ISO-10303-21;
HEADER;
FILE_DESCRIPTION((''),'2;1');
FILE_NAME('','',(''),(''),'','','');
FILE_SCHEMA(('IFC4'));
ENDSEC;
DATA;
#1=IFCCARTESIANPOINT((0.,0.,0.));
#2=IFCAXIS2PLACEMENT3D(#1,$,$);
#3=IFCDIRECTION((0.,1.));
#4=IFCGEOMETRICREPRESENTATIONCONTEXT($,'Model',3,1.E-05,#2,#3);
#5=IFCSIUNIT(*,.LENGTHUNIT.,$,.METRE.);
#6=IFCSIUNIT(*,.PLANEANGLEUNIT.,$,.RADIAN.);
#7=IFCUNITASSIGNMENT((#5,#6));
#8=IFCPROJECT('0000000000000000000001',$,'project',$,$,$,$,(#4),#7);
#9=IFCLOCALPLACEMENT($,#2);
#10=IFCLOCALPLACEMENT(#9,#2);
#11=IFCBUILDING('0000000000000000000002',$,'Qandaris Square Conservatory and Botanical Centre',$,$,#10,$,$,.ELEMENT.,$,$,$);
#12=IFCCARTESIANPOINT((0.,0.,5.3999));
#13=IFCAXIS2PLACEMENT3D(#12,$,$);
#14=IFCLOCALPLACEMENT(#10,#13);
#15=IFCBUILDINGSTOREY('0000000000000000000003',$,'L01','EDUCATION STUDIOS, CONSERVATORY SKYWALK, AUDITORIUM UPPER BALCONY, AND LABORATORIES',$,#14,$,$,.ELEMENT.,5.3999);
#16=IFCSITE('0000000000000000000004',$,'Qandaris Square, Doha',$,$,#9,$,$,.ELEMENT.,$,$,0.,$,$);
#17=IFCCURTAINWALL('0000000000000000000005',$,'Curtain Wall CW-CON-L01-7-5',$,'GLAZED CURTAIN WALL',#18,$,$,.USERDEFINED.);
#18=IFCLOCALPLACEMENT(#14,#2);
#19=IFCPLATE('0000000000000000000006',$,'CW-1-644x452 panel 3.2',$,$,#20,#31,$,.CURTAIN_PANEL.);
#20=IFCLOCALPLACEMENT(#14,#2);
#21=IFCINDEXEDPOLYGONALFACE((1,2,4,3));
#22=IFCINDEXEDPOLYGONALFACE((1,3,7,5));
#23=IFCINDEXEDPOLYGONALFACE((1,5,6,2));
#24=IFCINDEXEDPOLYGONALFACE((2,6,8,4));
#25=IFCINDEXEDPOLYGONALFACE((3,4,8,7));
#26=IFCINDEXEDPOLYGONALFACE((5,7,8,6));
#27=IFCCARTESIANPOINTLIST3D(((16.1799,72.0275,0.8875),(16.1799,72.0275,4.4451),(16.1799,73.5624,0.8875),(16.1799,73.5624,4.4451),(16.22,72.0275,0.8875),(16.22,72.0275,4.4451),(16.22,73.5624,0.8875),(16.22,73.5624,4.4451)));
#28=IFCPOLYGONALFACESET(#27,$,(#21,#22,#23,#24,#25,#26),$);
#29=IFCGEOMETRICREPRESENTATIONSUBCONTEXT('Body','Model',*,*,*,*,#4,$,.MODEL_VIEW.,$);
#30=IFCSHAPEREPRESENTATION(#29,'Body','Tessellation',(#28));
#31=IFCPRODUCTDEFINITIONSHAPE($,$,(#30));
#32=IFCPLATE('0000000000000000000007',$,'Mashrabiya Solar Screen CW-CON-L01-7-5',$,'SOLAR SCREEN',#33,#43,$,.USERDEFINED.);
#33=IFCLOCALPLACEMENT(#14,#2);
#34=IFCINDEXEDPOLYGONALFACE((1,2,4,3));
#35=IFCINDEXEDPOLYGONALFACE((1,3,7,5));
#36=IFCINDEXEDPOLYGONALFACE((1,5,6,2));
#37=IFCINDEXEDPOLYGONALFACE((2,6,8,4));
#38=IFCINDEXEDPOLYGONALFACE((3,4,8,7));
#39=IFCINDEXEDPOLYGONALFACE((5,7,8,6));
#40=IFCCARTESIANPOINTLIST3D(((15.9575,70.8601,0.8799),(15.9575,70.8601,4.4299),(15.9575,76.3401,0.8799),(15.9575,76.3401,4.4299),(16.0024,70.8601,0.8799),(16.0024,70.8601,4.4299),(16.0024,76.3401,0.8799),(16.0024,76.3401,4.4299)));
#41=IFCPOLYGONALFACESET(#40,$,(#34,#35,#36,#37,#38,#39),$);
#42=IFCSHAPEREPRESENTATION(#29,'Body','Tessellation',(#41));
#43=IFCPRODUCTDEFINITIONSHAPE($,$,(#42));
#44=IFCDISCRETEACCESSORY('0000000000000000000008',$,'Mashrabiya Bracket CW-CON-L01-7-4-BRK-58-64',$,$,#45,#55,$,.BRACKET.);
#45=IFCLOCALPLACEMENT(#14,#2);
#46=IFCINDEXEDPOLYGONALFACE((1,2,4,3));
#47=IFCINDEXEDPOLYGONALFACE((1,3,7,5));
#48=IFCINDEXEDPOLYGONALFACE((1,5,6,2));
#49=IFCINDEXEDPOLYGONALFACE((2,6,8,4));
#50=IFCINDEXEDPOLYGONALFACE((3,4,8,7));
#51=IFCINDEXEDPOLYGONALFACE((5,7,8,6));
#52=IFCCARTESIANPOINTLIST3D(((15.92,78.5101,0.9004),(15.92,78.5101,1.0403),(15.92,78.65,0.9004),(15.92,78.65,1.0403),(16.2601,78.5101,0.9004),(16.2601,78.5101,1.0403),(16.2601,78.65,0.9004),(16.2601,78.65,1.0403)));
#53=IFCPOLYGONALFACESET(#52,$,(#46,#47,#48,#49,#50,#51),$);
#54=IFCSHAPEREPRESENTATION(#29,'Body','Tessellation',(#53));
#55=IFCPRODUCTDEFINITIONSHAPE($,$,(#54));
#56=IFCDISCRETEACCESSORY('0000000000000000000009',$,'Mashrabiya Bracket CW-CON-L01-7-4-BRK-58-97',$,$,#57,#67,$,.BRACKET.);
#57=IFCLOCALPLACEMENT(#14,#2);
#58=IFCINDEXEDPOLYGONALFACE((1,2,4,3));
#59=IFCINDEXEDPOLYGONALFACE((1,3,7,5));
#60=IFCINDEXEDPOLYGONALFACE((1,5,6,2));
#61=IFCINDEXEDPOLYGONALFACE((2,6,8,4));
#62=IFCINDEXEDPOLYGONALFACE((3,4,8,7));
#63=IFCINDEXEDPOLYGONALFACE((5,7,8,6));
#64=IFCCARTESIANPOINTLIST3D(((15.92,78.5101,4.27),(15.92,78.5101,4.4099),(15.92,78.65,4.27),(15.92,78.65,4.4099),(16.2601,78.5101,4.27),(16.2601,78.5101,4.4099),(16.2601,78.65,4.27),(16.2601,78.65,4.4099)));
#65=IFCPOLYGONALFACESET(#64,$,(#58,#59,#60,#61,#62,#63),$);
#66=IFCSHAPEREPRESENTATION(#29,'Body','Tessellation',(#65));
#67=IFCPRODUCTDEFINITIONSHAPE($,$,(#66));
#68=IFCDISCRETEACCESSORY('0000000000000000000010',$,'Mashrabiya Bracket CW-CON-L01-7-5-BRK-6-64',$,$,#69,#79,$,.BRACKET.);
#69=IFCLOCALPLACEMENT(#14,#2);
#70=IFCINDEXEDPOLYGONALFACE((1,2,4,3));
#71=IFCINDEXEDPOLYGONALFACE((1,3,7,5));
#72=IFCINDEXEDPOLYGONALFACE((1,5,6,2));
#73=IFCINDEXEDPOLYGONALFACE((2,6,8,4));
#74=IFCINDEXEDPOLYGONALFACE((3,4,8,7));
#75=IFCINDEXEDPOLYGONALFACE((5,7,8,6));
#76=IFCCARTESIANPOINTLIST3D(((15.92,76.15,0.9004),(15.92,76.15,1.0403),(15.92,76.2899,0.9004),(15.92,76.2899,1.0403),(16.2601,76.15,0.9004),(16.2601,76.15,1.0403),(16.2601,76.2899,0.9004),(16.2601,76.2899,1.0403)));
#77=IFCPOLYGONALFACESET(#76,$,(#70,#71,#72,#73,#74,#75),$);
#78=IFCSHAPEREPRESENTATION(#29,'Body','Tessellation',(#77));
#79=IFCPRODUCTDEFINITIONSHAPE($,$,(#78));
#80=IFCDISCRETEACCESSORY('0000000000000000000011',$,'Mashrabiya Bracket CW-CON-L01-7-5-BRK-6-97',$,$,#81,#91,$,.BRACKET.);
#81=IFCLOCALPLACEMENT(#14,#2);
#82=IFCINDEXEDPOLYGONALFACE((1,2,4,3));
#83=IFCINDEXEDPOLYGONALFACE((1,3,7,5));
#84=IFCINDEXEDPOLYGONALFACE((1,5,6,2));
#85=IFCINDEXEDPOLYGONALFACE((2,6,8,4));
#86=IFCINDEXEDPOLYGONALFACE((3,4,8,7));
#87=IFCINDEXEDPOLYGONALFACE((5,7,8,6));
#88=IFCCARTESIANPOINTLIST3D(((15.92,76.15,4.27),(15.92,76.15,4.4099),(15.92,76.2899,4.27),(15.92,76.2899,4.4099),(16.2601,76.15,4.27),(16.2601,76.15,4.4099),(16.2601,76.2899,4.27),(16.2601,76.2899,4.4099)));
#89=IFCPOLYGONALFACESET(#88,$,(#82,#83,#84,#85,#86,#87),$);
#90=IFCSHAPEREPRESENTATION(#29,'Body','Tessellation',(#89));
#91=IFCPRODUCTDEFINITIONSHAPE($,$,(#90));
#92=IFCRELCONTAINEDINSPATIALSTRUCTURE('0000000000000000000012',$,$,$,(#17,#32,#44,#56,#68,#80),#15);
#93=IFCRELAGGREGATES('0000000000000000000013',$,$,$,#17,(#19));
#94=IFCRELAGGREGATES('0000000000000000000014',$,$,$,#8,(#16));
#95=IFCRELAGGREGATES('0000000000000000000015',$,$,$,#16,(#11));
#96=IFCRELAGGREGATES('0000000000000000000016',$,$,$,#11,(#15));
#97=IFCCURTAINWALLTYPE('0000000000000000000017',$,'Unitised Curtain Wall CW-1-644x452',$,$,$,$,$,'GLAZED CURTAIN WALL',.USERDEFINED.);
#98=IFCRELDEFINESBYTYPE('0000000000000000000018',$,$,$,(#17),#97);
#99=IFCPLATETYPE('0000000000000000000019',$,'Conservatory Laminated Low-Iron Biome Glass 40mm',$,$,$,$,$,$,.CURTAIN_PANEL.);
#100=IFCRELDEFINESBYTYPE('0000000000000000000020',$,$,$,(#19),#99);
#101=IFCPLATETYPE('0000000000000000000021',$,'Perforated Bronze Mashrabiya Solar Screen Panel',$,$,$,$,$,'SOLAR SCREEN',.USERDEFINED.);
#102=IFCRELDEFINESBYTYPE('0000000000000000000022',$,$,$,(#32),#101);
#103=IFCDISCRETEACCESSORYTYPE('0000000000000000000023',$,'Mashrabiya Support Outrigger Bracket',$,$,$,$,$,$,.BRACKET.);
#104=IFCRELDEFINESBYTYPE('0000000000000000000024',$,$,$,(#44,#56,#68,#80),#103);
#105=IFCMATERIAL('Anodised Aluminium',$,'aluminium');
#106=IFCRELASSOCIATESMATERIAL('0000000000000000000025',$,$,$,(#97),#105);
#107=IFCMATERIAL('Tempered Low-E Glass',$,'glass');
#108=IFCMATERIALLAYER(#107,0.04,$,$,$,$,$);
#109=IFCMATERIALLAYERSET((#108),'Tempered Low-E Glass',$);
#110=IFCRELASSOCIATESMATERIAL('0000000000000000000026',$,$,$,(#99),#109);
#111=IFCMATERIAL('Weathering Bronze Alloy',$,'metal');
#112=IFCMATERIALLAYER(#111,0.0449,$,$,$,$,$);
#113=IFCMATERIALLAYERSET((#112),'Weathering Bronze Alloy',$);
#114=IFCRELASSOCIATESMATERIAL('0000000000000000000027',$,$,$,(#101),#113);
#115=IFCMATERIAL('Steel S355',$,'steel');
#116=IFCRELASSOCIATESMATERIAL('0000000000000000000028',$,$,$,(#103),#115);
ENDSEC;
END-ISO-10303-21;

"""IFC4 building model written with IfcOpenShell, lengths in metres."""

from ifc_helpers import new_model, si_unit, direction, frame, origin, origin_2d, place, context, subcontext, project, spatial, rectangle, extrude, material, layer, layer_set, type_object, element, aggregate, save


model = new_model("IFC4")

# Units and contexts
model_context = context("Model", 3, precision=1e-05, world=origin(), true_north=direction((0.0, 1.0)))
body_context = subcontext(model_context, "Body", "Model", "MODEL_VIEW")
ifc_project = project(units=[si_unit("LENGTHUNIT", "METRE"), si_unit("PLANEANGLEUNIT", "RADIAN")], contexts=[model_context])

# Site, building, storey
site_placement = place(None, origin())
site = spatial("IfcSite", under=ifc_project, at=site_placement, Name="Qandaris Square, Doha", CompositionType="ELEMENT", RefElevation=0.0)
building_placement = place(site_placement, origin())
building = spatial("IfcBuilding", under=site, at=building_placement, Name="Qandaris Square Conservatory and Botanical Centre", CompositionType="ELEMENT")
storey_placement = place(building_placement, frame((0.0, 0.0, 5.3999)))
storey = spatial("IfcBuildingStorey", under=building, at=storey_placement, Name="L01", Description="EDUCATION STUDIOS, CONSERVATORY SKYWALK, AUDITORIUM UPPER BALCONY, AND LABORATORIES", CompositionType="ELEMENT", Elevation=5.3999)

# Shared definitions
ifc_material_1 = material(Name="Steel S355", Category="steel")

# Shared definitions
ifc_material_2 = material(Name="Anodised Aluminium", Category="aluminium")
curtain_wall_type = type_object("IfcCurtainWallType", Name="Unitised Curtain Wall CW-1-644x452", ElementType="GLAZED CURTAIN WALL", PredefinedType="USERDEFINED", material=ifc_material_2)

# Curtain wall
curtain_wall_1_placement = place(storey_placement, origin())
curtain_wall_1 = element("IfcCurtainWall", 1, at=curtain_wall_1_placement, inside=storey, type_object=curtain_wall_type, Name="Curtain Wall CW-CON-L01-7-5", ObjectType="GLAZED CURTAIN WALL", PredefinedType="USERDEFINED")

# Plates
ifc_material_3 = material(Name="Tempered Low-E Glass", Category="glass")
ifc_layer_1 = layer(ifc_material_3, 0.04)
ifc_layer_set_1 = layer_set([ifc_layer_1], Name="Tempered Low-E Glass")
plate_type_1 = type_object("IfcPlateType", Name="Conservatory Laminated Low-Iron Biome Glass 40mm", PredefinedType="CURTAIN_PANEL", material=ifc_layer_set_1)
plate_1_placement = place(storey_placement, frame((16.2, 72.7949, 0.8875), z_axis=(0.0, 0.0, 1.0), x_axis=(0.0, -1.0, 0.0)))
plate_1 = element("IfcPlate", 2, at=plate_1_placement, type_object=plate_type_1, Name="CW-1-644x452 panel 3.2", PredefinedType="CURTAIN_PANEL", context=body_context, shape_type="SweptSolid", body=[
    extrude(rectangle(XDim=1.5349, YDim=0.04, at=origin_2d()), origin(), (0.0, 0.0, 1.0), 3.5576),
])
aggregate(curtain_wall_1, [plate_1])
ifc_material_4 = material(Name="Weathering Bronze Alloy", Category="metal")
ifc_layer_2 = layer(ifc_material_4, 0.0449)
ifc_layer_set_2 = layer_set([ifc_layer_2], Name="Weathering Bronze Alloy")
plate_type_2 = type_object("IfcPlateType", Name="Perforated Bronze Mashrabiya Solar Screen Panel", ElementType="SOLAR SCREEN", PredefinedType="USERDEFINED", material=ifc_layer_set_2)
plate_2_placement = place(storey_placement, frame((15.98, 73.6001, 0.8799), z_axis=(0.0, 0.0, 1.0), x_axis=(0.0, -1.0, 0.0)))
element("IfcPlate", 3, at=plate_2_placement, inside=storey, type_object=plate_type_2, Name="Mashrabiya Solar Screen CW-CON-L01-7-5", ObjectType="SOLAR SCREEN", PredefinedType="USERDEFINED", context=body_context, shape_type="SweptSolid", body=[
    extrude(rectangle(XDim=5.48, YDim=0.0449, at=origin_2d()), origin(), (0.0, 0.0, 1.0), 3.55),
])

# Discrete accessories
discrete_accessory_type = type_object("IfcDiscreteAccessoryType", Name="Mashrabiya Support Outrigger Bracket", PredefinedType="BRACKET", material=ifc_material_1)
for number, where, z_axis, x_axis, name in (
    (4, (16.0901, 78.5801, 0.9004), (0.0, 0.0, 1.0), (0.0, -1.0, 0.0), "Mashrabiya Bracket CW-CON-L01-7-4-BRK-58-64"),
    (5, (16.0901, 78.5801, 4.27), (0.0, 0.0, 1.0), (0.0, -1.0, 0.0), "Mashrabiya Bracket CW-CON-L01-7-4-BRK-58-97"),
    (6, (16.0901, 76.22, 0.9004), (0.0, 0.0, 1.0), (0.0, -1.0, 0.0), "Mashrabiya Bracket CW-CON-L01-7-5-BRK-6-64"),
    (7, (16.0901, 76.22, 4.27), (0.0, 0.0, 1.0), (0.0, -1.0, 0.0), "Mashrabiya Bracket CW-CON-L01-7-5-BRK-6-97"),
):
    element("IfcDiscreteAccessory", number, at=place(storey_placement, frame(where, z_axis=z_axis, x_axis=x_axis)), inside=storey, type_object=discrete_accessory_type, Name=name, PredefinedType="BRACKET", context=body_context, shape_type="SweptSolid", body=[
        extrude(rectangle(XDim=0.1399, YDim=0.3401, at=origin_2d()), origin(), (0.0, 0.0, 1.0), 0.1399),
    ])

save(model, "model.ifc")
